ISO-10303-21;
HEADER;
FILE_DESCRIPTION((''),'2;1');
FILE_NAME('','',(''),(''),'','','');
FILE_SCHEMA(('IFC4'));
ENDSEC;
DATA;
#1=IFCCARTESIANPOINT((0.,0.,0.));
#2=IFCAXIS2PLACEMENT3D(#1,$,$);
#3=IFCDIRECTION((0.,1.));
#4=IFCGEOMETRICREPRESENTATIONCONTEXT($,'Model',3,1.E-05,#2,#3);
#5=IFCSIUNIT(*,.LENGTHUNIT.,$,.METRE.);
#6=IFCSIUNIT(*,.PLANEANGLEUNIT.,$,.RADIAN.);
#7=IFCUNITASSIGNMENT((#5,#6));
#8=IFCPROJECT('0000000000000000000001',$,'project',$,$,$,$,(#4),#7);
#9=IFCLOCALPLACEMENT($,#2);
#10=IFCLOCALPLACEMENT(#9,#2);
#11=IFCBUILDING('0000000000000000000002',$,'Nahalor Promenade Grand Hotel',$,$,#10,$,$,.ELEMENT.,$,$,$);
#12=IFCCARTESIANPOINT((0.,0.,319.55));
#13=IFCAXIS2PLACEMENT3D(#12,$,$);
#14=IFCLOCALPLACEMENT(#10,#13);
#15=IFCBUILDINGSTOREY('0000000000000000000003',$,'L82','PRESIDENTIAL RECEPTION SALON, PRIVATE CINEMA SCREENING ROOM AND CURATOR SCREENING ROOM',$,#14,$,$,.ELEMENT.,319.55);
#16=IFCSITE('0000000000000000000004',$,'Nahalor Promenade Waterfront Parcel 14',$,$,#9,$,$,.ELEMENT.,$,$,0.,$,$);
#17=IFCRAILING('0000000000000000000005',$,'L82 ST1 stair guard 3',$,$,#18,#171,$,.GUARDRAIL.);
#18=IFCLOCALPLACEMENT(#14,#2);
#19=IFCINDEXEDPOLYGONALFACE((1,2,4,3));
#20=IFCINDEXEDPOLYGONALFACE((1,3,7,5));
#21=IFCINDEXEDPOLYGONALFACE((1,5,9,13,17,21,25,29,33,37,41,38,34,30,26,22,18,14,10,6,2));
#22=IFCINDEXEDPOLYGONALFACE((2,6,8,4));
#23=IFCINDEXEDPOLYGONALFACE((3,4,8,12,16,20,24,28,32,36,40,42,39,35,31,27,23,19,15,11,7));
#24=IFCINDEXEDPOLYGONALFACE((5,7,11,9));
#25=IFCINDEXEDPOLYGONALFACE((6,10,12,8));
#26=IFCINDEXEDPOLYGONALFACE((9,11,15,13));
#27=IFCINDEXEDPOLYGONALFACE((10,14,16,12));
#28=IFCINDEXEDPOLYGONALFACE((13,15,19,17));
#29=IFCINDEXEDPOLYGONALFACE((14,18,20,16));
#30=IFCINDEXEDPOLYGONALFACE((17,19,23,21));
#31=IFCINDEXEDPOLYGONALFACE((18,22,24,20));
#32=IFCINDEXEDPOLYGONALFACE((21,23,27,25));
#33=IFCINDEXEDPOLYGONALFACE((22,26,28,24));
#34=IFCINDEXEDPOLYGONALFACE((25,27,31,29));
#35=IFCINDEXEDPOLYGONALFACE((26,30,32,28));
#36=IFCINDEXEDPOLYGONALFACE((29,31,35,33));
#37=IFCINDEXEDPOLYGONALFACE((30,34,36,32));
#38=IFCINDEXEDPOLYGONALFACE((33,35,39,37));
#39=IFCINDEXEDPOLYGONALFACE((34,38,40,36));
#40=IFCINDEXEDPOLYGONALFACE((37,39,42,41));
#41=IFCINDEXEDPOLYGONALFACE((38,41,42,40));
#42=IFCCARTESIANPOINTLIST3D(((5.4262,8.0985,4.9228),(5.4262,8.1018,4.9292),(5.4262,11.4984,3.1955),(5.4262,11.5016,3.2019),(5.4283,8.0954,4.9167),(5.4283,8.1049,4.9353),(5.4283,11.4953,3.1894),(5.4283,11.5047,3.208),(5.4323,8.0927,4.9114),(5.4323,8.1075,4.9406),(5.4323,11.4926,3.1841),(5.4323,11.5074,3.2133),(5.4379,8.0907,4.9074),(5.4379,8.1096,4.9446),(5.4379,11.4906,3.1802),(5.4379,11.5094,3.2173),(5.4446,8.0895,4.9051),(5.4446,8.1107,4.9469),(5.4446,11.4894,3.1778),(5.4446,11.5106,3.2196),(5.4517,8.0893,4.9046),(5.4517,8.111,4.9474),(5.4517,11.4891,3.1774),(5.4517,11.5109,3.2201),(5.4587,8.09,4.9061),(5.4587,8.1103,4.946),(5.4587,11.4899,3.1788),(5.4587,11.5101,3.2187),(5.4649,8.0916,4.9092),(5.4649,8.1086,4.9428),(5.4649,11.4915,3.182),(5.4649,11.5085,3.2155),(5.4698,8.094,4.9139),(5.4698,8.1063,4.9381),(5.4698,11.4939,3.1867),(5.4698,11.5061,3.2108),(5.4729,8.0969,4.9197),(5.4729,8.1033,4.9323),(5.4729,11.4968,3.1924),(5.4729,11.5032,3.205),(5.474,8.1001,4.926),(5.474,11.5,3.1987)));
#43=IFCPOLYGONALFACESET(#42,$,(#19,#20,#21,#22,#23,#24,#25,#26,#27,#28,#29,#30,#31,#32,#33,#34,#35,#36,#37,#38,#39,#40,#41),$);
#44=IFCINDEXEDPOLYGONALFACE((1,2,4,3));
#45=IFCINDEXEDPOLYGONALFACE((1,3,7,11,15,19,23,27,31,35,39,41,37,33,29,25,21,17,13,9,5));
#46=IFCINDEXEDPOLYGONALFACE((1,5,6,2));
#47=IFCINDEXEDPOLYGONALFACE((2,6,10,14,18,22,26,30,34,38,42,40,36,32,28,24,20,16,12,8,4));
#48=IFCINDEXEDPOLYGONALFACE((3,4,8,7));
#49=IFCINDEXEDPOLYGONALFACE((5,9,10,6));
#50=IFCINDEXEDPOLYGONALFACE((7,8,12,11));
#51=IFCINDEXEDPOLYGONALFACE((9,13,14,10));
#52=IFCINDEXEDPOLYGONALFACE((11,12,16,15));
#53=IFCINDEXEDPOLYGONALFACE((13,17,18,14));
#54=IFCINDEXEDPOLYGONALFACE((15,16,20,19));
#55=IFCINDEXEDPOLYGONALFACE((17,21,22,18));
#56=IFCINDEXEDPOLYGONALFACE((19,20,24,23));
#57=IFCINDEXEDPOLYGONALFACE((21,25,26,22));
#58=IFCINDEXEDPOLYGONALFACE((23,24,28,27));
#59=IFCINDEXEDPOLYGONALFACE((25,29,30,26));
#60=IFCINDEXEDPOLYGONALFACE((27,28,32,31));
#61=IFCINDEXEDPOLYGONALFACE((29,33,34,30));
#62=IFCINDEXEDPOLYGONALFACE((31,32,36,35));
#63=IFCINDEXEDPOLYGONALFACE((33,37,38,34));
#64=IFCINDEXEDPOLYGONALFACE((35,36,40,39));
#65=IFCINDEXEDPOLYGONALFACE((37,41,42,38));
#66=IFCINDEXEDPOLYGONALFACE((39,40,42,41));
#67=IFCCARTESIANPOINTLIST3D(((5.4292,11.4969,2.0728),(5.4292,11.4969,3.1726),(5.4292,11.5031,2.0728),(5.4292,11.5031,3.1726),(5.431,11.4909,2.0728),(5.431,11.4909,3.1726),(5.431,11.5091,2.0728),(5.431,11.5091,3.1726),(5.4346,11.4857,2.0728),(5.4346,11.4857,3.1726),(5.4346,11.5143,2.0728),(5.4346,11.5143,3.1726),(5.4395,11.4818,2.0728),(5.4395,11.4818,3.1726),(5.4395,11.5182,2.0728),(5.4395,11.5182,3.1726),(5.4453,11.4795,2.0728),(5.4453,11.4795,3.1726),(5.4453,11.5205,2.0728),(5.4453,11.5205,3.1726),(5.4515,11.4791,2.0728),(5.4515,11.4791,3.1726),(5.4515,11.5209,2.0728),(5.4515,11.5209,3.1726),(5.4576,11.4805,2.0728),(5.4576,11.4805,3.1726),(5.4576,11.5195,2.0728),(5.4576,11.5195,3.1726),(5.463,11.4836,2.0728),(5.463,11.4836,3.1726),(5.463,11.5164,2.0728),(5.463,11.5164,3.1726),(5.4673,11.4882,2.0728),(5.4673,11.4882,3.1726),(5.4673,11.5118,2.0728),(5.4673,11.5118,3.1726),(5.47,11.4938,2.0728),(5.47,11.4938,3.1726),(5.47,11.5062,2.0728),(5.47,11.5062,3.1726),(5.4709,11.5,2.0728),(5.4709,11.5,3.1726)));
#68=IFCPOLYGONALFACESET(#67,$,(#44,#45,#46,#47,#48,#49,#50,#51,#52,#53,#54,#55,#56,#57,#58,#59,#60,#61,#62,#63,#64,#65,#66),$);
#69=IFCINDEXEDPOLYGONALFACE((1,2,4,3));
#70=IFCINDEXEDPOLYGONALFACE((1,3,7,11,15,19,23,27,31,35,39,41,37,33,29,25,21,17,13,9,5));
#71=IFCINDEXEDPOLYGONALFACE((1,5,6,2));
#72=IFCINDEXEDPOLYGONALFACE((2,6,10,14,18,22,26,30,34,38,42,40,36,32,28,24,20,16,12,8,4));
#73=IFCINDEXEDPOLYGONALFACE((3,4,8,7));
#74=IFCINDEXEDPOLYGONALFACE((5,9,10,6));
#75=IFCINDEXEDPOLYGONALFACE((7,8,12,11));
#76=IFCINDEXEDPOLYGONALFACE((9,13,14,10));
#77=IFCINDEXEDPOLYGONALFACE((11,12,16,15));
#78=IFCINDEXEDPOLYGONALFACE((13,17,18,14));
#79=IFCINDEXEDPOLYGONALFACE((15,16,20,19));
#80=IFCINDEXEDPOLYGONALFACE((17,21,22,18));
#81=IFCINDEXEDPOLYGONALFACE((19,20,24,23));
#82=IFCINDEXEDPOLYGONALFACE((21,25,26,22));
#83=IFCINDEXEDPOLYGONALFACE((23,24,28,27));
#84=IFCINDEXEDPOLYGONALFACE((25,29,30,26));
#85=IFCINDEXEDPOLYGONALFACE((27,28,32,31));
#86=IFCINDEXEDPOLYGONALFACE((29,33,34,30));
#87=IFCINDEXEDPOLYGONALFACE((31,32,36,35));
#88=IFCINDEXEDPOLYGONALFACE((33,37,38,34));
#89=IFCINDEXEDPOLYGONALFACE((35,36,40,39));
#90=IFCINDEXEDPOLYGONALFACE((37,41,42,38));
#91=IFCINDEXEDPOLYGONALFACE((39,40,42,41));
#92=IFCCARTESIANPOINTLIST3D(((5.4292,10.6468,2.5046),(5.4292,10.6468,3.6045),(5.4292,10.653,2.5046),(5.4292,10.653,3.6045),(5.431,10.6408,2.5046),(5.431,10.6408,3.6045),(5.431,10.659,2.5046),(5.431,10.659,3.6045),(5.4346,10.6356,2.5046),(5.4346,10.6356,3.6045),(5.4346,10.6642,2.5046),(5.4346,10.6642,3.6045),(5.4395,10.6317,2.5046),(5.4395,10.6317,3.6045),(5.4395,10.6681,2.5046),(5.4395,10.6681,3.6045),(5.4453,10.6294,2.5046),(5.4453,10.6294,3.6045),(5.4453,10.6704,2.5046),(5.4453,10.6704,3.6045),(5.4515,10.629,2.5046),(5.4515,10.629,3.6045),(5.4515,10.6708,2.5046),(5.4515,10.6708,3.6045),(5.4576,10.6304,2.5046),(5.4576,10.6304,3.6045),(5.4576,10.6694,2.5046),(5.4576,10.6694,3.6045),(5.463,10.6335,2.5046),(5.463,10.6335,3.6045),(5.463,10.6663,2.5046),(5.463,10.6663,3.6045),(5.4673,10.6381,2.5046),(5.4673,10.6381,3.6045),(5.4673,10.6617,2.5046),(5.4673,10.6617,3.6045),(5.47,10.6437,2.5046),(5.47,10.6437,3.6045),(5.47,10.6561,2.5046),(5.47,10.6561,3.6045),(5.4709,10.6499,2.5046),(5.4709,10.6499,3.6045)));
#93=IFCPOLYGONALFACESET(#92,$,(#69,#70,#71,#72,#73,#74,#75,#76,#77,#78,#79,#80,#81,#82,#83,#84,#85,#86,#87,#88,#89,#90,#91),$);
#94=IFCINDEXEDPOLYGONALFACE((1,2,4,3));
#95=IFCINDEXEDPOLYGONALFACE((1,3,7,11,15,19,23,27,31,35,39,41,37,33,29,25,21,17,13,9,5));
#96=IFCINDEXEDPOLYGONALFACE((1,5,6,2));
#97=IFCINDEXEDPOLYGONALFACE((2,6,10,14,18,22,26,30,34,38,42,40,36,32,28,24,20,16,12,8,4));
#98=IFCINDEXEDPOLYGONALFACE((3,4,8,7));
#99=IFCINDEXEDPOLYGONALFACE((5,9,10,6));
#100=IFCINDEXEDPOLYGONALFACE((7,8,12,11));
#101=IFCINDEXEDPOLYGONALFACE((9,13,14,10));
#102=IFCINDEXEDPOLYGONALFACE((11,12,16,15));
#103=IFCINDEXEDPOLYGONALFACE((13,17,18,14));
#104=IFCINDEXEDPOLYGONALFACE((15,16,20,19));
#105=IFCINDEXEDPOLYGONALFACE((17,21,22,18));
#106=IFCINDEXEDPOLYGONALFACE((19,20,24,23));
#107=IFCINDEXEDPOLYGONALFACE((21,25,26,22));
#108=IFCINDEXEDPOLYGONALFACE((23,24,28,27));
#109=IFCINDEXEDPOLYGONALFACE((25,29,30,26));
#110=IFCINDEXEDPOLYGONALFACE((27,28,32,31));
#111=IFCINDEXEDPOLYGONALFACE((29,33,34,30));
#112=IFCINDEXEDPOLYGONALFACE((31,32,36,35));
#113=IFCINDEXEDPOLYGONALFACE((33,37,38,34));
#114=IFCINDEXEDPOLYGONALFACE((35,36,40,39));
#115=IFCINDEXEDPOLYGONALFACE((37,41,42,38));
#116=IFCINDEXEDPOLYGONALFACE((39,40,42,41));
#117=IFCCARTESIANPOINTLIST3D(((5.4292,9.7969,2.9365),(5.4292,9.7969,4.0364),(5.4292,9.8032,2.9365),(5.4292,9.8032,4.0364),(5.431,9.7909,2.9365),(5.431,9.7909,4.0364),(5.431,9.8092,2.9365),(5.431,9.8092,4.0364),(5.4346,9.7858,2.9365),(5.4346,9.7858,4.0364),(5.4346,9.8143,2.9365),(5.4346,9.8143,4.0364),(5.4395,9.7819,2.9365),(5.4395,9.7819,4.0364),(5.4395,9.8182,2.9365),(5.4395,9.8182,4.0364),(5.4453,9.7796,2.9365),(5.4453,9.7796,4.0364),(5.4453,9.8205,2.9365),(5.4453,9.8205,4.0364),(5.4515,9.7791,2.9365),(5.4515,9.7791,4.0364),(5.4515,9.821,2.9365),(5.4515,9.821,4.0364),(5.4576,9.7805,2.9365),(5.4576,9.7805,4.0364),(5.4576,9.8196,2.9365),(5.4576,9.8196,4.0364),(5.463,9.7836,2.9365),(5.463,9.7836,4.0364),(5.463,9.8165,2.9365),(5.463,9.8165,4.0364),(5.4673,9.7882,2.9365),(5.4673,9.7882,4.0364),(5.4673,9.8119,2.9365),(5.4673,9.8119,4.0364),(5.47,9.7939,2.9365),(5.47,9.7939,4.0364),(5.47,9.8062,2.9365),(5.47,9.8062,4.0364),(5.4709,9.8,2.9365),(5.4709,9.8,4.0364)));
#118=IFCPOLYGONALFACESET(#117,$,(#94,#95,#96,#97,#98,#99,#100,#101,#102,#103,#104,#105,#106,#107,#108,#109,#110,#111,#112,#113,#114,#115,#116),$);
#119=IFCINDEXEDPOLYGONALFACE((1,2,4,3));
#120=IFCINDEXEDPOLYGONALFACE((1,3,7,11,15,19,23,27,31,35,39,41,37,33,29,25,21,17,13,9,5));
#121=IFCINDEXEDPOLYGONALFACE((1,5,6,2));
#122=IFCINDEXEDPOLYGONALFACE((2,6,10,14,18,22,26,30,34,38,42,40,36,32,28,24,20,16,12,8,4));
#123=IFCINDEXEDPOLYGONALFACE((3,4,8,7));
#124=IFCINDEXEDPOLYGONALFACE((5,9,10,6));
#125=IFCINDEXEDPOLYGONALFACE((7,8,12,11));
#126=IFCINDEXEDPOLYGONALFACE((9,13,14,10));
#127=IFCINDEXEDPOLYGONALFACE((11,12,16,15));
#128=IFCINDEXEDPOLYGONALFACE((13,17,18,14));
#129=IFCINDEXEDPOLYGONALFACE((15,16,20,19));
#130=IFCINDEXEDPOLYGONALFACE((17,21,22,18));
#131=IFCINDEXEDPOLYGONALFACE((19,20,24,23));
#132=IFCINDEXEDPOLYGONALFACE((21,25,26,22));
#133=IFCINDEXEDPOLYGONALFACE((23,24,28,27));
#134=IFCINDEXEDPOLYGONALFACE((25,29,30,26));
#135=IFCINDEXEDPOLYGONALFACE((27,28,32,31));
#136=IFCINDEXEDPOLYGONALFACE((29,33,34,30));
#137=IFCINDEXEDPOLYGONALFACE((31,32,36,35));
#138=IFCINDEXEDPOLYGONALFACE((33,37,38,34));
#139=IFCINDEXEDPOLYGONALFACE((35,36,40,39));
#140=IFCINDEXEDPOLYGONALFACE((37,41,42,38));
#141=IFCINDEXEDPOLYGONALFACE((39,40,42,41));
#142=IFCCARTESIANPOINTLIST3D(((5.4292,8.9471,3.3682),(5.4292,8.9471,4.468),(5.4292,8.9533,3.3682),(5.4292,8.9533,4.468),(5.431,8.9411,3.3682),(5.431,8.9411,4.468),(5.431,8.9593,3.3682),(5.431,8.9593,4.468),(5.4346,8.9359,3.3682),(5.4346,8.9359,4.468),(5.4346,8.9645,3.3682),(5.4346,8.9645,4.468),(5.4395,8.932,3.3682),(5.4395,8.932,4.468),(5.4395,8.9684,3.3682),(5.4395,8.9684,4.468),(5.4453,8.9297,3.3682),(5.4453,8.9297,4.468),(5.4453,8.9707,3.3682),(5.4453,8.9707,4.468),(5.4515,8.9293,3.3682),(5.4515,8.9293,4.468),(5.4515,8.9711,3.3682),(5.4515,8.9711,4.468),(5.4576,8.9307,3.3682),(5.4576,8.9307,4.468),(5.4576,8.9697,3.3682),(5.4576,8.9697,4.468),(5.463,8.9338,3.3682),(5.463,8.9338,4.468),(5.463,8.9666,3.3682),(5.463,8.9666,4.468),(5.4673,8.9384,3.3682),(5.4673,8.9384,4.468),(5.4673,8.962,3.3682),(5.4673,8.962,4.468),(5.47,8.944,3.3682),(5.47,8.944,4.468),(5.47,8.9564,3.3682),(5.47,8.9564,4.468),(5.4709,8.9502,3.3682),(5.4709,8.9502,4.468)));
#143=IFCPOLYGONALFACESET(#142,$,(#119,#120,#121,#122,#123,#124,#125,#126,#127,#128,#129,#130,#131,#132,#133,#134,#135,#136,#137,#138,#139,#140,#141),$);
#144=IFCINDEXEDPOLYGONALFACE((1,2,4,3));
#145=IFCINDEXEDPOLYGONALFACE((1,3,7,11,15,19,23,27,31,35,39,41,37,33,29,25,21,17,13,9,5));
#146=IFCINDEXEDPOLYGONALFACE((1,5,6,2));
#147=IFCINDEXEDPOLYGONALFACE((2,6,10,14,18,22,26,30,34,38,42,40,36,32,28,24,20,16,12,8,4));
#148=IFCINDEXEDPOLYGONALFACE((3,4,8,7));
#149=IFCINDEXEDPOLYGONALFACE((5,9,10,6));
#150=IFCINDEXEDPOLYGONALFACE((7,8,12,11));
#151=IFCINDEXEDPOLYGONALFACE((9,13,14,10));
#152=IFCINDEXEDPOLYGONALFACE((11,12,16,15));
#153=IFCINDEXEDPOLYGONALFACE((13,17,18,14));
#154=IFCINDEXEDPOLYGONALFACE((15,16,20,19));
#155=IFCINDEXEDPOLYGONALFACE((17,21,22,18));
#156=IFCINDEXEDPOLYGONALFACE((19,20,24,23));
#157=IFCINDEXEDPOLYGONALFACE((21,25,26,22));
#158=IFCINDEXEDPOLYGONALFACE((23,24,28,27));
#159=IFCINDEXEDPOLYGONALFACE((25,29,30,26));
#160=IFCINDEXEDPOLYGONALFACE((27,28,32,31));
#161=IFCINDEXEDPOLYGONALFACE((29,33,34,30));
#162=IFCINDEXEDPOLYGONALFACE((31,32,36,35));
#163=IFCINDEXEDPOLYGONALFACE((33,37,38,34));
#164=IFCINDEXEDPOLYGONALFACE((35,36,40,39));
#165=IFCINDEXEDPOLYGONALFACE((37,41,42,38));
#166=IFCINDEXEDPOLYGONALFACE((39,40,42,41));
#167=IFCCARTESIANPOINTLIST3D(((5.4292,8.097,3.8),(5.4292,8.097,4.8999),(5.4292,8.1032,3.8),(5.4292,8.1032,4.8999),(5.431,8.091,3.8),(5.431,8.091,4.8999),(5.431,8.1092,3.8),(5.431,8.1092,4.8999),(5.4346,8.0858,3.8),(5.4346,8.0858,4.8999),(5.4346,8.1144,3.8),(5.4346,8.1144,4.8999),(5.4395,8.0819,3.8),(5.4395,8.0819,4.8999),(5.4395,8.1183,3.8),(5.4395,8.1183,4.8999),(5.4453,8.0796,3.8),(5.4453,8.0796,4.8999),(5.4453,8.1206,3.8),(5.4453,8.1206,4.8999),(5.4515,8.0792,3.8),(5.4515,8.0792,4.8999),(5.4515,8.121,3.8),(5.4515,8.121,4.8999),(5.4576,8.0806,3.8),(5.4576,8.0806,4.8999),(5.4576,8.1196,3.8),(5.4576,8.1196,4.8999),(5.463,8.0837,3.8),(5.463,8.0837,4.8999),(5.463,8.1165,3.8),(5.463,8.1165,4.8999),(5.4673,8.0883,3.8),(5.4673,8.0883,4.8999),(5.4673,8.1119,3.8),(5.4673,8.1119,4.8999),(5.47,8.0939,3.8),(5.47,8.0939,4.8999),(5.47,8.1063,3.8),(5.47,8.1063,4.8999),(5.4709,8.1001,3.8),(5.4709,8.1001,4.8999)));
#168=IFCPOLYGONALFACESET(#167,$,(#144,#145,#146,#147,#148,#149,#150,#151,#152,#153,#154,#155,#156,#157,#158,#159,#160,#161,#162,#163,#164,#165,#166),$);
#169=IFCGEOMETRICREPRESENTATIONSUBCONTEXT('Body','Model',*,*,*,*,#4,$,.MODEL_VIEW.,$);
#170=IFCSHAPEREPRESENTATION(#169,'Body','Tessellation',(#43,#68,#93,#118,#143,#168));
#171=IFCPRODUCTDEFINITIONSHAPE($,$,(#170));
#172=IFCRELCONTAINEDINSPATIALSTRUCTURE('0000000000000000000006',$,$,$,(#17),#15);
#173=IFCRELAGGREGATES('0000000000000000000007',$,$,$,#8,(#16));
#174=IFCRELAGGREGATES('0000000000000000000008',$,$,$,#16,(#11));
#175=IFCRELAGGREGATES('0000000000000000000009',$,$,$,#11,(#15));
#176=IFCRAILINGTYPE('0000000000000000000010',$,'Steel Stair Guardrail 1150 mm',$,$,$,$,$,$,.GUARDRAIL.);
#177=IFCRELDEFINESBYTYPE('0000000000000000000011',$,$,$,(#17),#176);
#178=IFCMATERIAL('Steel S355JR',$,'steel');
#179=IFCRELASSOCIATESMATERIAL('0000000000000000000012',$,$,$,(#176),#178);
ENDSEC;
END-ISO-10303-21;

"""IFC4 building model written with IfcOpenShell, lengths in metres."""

from ifc_helpers import new_model, si_unit, direction, frame, origin, origin_2d, place, context, subcontext, project, spatial, circle, extrude, material, type_object, element, save


model = new_model("IFC4")

# Units and contexts
model_context = context("Model", 3, precision=1e-05, world=origin(), true_north=direction((0.0, 1.0)))
body_context = subcontext(model_context, "Body", "Model", "MODEL_VIEW")
ifc_project = project(units=[si_unit("LENGTHUNIT", "METRE"), si_unit("PLANEANGLEUNIT", "RADIAN")], contexts=[model_context])

# Site, building, storey
site_placement = place(None, origin())
site = spatial("IfcSite", under=ifc_project, at=site_placement, Name="Nahalor Promenade Waterfront Parcel 14", CompositionType="ELEMENT", RefElevation=0.0)
building_placement = place(site_placement, origin())
building = spatial("IfcBuilding", under=site, at=building_placement, Name="Nahalor Promenade Grand Hotel", CompositionType="ELEMENT")
storey_placement = place(building_placement, frame((0.0, 0.0, 319.55)))
storey = spatial("IfcBuildingStorey", under=building, at=storey_placement, Name="L82", Description="PRESIDENTIAL RECEPTION SALON, PRIVATE CINEMA SCREENING ROOM AND CURATOR SCREENING ROOM", CompositionType="ELEMENT", Elevation=319.55)

# Shared definitions
ifc_material_1 = material(Name="Steel S355JR", Category="steel")

# Railing
railing_type_1 = type_object("IfcRailingType", Name="Steel Stair Guardrail 1150 mm", PredefinedType="GUARDRAIL", material=ifc_material_1)
railing_1_placement = place(storey_placement, frame((5.45, 11.5, 2.0728)))
element("IfcRailing", 1, at=railing_1_placement, inside=storey, type_object=railing_type_1, Name="L82 ST1 stair guard 3", PredefinedType="GUARDRAIL", context=body_context, shape_type="SweptSolid", body=[
    extrude(circle(Radius=0.024, at=origin_2d()), frame((0.0, 0.0, 1.126), z_axis=(0.0, -0.891541, 0.452941), x_axis=(1.0, 0.0, 0.0)), (0.0, 0.0, 1.0), 3.8135),
    extrude(circle(Radius=0.021, at=origin_2d()), origin(), (0.0, 0.0, 1.0), 1.0999),
    extrude(circle(Radius=0.021, at=origin_2d()), frame((0.0, -0.8501, 0.4319)), (0.0, 0.0, 1.0), 1.0999),
    extrude(circle(Radius=0.021, at=origin_2d()), frame((0.0, -1.7, 0.8638)), (0.0, 0.0, 1.0), 1.0999),
    extrude(circle(Radius=0.021, at=origin_2d()), frame((0.0, -2.5498, 1.2954)), (0.0, 0.0, 1.0), 1.0999),
    extrude(circle(Radius=0.021, at=origin_2d()), frame((0.0, -3.3999, 1.7273)), (0.0, 0.0, 1.0), 1.0999),
])

save(model, "model.ifc")
